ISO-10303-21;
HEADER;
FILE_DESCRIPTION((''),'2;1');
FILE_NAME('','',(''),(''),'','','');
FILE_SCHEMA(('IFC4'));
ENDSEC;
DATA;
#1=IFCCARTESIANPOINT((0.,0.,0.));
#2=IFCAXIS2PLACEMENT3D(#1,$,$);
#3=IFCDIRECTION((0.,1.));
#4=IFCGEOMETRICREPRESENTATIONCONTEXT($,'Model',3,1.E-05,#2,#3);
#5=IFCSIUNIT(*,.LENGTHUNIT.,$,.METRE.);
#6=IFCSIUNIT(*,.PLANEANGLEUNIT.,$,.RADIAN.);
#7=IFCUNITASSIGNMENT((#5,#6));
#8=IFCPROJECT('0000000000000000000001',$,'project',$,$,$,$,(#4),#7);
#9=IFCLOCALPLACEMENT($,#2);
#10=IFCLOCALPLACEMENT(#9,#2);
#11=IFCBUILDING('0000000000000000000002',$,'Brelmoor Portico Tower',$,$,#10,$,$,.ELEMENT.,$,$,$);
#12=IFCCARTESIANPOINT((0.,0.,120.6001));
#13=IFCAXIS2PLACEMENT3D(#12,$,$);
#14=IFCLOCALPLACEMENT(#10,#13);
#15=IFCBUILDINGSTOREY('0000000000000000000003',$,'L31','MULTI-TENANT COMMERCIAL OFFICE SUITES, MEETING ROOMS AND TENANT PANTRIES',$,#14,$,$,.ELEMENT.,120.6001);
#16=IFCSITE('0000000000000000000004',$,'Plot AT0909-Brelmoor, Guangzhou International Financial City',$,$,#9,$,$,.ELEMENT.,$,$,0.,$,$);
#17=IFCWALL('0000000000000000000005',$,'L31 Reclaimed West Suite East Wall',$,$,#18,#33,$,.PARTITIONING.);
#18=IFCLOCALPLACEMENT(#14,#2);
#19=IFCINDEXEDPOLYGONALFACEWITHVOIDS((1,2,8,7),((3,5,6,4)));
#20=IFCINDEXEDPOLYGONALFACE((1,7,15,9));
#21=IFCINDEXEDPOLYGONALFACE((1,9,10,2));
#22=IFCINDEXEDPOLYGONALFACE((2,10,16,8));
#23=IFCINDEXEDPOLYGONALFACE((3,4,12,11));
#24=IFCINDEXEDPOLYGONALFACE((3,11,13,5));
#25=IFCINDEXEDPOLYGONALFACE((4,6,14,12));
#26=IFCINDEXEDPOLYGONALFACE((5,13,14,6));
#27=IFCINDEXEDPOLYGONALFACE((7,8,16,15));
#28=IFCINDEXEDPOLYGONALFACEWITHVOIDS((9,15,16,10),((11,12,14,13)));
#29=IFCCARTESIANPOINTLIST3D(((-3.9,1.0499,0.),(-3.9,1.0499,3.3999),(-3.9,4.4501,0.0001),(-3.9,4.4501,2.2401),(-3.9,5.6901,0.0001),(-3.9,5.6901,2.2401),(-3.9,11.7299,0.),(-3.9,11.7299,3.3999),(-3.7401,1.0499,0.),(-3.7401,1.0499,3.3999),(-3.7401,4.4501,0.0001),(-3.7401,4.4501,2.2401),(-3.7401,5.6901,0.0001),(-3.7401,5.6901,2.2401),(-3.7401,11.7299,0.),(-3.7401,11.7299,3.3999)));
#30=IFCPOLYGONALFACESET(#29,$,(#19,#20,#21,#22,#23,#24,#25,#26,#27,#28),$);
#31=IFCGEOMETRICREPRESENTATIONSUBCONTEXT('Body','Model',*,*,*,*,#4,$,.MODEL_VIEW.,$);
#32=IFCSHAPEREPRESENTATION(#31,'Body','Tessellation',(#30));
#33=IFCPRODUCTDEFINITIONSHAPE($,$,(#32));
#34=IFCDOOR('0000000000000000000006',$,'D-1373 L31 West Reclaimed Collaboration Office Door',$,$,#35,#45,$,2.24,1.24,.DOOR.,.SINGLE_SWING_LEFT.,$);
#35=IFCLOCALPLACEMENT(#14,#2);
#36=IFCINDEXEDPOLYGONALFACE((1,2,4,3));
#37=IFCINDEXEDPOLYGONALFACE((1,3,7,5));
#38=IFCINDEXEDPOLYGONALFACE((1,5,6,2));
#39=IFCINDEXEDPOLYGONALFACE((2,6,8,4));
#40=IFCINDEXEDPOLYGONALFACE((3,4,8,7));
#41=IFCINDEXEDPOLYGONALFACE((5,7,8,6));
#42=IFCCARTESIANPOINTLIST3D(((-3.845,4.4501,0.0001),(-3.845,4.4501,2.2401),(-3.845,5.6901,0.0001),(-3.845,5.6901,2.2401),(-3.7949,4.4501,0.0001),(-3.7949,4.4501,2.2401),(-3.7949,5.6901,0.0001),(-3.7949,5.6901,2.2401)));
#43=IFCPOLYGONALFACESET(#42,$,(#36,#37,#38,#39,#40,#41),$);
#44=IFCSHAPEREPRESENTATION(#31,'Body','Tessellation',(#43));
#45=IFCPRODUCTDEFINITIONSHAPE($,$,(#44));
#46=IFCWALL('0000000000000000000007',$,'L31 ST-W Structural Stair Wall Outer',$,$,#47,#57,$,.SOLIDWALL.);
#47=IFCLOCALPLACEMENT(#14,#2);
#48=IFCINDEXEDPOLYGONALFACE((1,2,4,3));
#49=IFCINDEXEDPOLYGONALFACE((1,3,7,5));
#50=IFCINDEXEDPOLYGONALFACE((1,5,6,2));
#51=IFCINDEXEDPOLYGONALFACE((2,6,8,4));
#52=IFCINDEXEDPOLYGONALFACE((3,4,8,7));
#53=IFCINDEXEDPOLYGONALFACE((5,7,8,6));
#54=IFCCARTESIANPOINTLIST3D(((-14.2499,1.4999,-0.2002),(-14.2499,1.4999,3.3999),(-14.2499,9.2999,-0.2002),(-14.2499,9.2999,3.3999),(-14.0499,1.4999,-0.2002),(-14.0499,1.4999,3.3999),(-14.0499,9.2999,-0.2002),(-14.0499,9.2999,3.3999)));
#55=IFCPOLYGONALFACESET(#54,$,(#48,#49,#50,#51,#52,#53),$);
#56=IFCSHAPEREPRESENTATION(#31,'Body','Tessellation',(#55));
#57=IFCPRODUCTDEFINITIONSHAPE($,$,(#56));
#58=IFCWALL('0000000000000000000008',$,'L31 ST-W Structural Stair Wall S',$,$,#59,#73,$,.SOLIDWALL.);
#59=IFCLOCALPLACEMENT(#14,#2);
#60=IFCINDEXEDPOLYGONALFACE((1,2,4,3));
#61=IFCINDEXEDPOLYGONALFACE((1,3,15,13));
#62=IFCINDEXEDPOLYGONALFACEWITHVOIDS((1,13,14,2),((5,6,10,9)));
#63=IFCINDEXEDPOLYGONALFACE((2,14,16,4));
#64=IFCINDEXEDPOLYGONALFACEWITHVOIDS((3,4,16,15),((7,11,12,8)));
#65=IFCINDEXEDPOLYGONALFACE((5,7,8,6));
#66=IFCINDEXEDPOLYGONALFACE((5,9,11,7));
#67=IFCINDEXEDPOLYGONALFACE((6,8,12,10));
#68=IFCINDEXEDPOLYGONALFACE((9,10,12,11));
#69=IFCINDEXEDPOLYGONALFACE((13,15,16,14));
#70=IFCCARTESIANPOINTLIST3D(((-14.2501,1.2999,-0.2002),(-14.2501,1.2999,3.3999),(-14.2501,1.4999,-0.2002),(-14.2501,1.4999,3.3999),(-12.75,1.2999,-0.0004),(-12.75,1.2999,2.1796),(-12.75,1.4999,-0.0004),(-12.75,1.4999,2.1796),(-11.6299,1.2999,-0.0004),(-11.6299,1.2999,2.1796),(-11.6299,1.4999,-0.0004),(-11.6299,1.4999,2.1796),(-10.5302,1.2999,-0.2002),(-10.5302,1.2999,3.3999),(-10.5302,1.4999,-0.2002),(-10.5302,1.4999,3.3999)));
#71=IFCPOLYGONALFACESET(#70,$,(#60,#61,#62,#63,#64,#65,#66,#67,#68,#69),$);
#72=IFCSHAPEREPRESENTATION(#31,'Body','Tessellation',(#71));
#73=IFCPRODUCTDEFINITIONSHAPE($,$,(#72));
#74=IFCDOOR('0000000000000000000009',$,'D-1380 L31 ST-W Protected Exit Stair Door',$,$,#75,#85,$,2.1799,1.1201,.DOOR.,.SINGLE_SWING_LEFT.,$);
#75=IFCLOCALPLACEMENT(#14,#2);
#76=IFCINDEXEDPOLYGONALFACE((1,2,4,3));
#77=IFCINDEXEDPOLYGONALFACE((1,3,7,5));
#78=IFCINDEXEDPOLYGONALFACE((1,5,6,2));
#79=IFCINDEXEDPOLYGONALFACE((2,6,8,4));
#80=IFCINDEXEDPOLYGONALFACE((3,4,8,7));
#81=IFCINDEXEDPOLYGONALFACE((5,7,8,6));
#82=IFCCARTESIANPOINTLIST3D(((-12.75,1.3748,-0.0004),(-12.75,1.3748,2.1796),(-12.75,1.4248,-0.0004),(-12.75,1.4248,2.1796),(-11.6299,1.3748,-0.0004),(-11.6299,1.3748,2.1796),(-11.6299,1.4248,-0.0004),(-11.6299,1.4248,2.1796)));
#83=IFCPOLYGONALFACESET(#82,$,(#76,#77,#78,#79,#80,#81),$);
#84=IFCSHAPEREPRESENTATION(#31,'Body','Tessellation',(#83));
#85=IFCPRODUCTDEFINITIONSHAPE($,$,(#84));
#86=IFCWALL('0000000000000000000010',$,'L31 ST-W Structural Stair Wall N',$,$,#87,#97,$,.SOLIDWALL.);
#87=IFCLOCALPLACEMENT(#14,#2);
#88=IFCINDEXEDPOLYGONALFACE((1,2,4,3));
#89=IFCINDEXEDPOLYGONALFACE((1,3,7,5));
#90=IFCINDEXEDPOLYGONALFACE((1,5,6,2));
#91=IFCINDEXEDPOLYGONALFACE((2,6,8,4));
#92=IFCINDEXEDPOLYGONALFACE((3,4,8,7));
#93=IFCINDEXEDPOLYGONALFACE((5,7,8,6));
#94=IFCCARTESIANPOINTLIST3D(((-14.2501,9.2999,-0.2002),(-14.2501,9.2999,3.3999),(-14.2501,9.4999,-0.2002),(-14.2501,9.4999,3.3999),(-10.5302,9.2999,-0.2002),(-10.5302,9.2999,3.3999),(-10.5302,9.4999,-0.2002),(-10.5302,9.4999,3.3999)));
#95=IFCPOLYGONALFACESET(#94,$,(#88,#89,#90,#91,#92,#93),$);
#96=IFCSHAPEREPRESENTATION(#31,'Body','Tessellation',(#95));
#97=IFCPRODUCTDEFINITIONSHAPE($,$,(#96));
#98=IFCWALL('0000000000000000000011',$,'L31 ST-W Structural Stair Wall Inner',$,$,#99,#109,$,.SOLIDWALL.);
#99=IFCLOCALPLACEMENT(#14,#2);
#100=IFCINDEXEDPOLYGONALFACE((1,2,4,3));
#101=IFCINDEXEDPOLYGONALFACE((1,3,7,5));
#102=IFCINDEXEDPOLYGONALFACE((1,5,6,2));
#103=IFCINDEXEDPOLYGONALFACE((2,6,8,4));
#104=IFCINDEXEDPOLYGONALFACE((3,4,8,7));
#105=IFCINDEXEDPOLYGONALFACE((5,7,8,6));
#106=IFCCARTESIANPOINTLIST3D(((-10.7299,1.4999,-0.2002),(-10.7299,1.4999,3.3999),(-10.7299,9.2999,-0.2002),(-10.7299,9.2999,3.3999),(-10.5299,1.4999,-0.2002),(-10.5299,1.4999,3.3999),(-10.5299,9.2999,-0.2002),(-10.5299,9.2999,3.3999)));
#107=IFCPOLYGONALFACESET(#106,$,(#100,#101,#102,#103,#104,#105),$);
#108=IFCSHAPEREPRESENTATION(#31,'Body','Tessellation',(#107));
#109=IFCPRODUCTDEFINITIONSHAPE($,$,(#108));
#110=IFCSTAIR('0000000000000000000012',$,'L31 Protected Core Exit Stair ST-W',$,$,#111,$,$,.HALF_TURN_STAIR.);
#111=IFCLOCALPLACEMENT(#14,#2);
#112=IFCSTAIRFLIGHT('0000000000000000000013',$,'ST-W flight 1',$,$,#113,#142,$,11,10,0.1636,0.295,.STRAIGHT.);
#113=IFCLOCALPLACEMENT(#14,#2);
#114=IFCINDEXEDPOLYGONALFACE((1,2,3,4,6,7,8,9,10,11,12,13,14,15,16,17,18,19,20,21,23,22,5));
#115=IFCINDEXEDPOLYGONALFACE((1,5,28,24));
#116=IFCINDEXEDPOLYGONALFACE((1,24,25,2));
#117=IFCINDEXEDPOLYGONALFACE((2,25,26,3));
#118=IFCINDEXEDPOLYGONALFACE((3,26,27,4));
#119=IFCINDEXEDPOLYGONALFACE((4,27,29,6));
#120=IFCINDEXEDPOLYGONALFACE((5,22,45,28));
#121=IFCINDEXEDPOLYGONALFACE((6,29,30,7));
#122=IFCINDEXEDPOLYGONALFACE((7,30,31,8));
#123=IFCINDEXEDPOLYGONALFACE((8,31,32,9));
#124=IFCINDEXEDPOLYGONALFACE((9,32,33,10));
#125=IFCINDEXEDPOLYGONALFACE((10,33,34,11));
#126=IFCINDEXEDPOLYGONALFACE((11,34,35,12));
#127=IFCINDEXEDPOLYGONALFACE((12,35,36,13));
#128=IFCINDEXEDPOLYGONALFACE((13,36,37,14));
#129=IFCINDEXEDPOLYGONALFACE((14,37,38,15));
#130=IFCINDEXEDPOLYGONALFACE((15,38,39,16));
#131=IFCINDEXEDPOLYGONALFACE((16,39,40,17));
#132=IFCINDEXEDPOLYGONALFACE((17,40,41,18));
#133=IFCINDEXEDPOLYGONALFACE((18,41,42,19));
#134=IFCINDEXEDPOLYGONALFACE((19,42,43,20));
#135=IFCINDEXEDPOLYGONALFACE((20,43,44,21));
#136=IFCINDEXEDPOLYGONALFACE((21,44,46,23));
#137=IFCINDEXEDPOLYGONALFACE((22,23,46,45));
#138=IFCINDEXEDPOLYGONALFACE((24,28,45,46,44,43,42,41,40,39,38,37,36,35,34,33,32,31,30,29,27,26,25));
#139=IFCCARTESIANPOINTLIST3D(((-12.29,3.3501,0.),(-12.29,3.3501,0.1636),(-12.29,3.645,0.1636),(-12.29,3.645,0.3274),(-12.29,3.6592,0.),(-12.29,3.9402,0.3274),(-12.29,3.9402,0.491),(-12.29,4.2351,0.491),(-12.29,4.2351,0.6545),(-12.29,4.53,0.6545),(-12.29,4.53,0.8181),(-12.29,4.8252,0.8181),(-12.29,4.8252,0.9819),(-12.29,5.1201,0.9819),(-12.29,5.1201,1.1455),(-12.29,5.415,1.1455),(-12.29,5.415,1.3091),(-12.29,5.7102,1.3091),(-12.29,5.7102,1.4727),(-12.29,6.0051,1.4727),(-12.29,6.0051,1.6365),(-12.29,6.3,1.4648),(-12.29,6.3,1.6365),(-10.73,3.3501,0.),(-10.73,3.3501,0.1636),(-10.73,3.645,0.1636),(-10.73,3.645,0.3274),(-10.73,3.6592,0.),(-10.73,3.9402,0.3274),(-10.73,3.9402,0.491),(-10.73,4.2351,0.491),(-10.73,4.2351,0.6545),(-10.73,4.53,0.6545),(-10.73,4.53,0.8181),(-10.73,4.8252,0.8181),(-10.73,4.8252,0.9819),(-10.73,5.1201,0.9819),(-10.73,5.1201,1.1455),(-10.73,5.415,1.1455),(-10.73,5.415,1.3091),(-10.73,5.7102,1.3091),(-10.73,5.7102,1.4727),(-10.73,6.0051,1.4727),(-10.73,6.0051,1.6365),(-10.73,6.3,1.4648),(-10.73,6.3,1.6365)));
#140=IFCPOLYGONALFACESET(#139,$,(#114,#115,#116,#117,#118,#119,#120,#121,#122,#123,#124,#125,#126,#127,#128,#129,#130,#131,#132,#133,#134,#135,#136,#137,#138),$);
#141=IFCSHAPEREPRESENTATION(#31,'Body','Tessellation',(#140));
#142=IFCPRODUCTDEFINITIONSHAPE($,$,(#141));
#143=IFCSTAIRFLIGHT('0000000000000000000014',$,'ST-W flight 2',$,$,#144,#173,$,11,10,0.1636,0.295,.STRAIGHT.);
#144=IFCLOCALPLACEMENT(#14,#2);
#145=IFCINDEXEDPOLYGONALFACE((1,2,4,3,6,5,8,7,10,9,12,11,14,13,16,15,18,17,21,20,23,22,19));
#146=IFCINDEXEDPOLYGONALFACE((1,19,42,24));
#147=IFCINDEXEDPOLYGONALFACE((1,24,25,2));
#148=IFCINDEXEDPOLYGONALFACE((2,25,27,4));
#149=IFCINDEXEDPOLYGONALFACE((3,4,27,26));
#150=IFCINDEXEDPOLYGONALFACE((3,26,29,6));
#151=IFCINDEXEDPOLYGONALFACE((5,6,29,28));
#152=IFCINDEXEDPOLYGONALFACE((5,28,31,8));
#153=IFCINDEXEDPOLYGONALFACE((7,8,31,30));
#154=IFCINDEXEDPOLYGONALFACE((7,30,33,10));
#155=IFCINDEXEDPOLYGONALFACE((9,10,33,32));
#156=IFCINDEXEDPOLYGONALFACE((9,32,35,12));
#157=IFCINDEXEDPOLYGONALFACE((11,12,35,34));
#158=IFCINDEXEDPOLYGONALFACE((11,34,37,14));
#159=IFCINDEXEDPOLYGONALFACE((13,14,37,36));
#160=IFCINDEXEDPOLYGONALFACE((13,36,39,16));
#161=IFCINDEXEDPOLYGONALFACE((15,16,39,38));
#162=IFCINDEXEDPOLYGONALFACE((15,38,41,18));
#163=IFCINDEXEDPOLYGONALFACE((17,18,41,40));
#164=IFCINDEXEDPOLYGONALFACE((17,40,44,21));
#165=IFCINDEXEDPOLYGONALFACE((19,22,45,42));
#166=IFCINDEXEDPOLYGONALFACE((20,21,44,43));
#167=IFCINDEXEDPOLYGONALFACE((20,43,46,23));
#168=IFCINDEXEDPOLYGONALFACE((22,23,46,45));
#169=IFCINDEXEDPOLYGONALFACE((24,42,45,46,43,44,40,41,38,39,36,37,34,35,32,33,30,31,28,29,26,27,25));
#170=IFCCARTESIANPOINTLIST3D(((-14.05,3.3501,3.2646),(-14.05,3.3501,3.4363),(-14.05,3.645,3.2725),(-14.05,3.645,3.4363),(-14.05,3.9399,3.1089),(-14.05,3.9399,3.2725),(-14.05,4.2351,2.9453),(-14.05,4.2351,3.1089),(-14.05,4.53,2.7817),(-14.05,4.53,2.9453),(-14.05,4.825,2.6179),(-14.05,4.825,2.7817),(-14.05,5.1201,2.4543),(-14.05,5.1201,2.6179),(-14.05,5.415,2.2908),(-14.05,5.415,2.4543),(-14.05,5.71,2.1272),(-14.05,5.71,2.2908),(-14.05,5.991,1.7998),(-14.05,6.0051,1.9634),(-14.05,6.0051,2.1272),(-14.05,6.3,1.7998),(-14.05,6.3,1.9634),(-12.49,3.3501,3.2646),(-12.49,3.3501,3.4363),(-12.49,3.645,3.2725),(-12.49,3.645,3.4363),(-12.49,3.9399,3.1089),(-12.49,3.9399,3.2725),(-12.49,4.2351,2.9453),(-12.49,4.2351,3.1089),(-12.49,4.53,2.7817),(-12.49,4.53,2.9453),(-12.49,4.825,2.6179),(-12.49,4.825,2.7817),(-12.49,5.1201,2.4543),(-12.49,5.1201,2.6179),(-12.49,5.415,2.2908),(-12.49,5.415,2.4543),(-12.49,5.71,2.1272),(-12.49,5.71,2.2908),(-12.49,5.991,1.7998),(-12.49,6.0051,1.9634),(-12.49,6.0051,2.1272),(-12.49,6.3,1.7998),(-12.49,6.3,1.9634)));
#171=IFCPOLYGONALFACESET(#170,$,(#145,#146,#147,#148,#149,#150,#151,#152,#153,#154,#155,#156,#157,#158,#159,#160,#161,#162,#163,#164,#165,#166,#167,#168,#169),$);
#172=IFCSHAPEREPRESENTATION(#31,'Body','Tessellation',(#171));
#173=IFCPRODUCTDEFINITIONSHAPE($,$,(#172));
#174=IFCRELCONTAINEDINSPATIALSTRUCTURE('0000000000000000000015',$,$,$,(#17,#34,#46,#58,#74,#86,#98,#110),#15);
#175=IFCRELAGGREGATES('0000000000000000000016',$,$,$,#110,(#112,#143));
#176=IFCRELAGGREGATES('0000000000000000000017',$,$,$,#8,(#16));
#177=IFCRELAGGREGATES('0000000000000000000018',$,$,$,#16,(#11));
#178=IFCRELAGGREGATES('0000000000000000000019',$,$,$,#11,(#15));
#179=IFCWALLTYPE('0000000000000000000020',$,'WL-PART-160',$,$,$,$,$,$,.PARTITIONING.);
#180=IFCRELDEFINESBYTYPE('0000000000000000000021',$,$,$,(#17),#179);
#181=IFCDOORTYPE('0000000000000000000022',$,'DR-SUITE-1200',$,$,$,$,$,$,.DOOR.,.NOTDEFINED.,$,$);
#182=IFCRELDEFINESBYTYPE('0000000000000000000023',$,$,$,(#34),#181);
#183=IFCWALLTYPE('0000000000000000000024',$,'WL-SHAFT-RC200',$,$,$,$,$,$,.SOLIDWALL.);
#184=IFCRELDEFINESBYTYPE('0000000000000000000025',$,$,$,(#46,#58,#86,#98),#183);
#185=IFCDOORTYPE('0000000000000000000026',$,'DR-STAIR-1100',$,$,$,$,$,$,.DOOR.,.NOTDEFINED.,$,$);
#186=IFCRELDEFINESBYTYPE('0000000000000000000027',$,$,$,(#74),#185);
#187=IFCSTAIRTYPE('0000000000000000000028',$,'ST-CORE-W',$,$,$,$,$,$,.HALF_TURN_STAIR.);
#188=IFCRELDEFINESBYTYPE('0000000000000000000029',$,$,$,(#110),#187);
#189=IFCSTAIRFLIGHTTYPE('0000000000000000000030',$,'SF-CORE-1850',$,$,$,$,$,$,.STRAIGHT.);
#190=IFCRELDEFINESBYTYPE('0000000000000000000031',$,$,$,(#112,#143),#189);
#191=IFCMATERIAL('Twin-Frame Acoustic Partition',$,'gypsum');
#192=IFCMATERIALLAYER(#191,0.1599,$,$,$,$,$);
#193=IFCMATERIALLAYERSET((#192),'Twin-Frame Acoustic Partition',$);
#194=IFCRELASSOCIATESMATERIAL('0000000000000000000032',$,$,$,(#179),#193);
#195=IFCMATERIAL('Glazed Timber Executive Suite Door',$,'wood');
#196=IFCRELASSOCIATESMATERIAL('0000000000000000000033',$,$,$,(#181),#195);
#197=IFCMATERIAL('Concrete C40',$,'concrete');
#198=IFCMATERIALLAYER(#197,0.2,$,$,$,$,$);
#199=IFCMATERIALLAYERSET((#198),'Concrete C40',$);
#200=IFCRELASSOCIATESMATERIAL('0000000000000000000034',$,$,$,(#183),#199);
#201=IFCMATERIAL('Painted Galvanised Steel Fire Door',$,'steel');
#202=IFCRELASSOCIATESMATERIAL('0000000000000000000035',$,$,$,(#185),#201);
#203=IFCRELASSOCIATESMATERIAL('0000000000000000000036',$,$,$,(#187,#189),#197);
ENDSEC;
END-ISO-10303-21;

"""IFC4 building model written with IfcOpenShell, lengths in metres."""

from ifc_helpers import new_model, si_unit, direction, frame, frame_2d, origin, place, context, subcontext, project, spatial, polyline, rectangle, outline, extrude, material, layer, layer_set, type_object, element, fill, aggregate, save


model = new_model("IFC4")

# Units and contexts
model_context = context("Model", 3, precision=1e-05, world=origin(), true_north=direction((0.0, 1.0)))
body_context = subcontext(model_context, "Body", "Model", "MODEL_VIEW")
ifc_project = project(units=[si_unit("LENGTHUNIT", "METRE"), si_unit("PLANEANGLEUNIT", "RADIAN")], contexts=[model_context])

# Site, building, storey
site_placement = place(None, origin())
site = spatial("IfcSite", under=ifc_project, at=site_placement, Name="Plot AT0909-Brelmoor, Guangzhou International Financial City", CompositionType="ELEMENT", RefElevation=0.0)
building_placement = place(site_placement, origin())
building = spatial("IfcBuilding", under=site, at=building_placement, Name="Brelmoor Portico Tower", CompositionType="ELEMENT")
storey_placement = place(building_placement, frame((0.0, 0.0, 120.6001)))
storey = spatial("IfcBuildingStorey", under=building, at=storey_placement, Name="L31", Description="MULTI-TENANT COMMERCIAL OFFICE SUITES, MEETING ROOMS AND TENANT PANTRIES", CompositionType="ELEMENT", Elevation=120.6001)

# Shared definitions
ifc_material_1 = material(Name="Concrete C40", Category="concrete")

# Shared definitions
ifc_material_2 = material(Name="Twin-Frame Acoustic Partition", Category="gypsum")
ifc_layer_1 = layer(ifc_material_2, 0.1599)
ifc_layer_set_1 = layer_set([ifc_layer_1], Name="Twin-Frame Acoustic Partition")
wall_type_1 = type_object("IfcWallType", Name="WL-PART-160", PredefinedType="PARTITIONING", material=ifc_layer_set_1)

# Wall, opening, door
wall_1_placement = place(storey_placement, frame((-3.8201, 1.05, 0.0), z_axis=(0.0, 0.0, 1.0), x_axis=(0.0, 1.0, 0.0)))
wall_1 = element("IfcWall", 1, at=wall_1_placement, inside=storey, type_object=wall_type_1, Name="L31 Reclaimed West Suite East Wall", PredefinedType="PARTITIONING", context=body_context, shape_type="SweptSolid", body=[
    extrude(rectangle(XDim=10.6799, YDim=0.1599, at=frame_2d((5.3398, 0.0))), origin(), (0.0, 0.0, 1.0), 3.3999),
])
opening_1_placement = place(wall_1_placement, frame((3.3999, 0.0, 0.0)))
opening_1 = element("IfcOpeningElement", 2, at=opening_1_placement, cuts=wall_1, PredefinedType="OPENING", context=body_context, shape_type="SweptSolid", body=[
    extrude(rectangle(XDim=1.24, YDim=2.24, at=frame_2d((0.6201, 1.1201))), frame((0.0, 0.0898, 0.0), z_axis=(0.0, -1.0, 0.0), x_axis=(1.0, 0.0, 0.0)), (0.0, 0.0, 1.0), 0.1799),
])
ifc_material_3 = material(Name="Glazed Timber Executive Suite Door", Category="wood")
door_type_1 = type_object("IfcDoorType", Name="DR-SUITE-1200", OperationType="NOTDEFINED", PredefinedType="DOOR", material=ifc_material_3)
door_1_placement = place(opening_1_placement, origin())
door_1 = element("IfcDoor", 3, at=door_1_placement, inside=storey, type_object=door_type_1, Name="D-1373 L31 West Reclaimed Collaboration Office Door", OperationType="SINGLE_SWING_LEFT", OverallHeight=2.24, OverallWidth=1.24, PredefinedType="DOOR", context=body_context, shape_type="SweptSolid", body=[
    extrude(rectangle(XDim=1.24, YDim=2.24, at=frame_2d((0.6201, 1.1201))), frame((0.0, 0.0249, 0.0), z_axis=(0.0, -1.0, 0.0), x_axis=(1.0, 0.0, 0.0)), (0.0, 0.0, 1.0), 0.05),
])
fill(opening_1, door_1)

# Wall
ifc_layer_2 = layer(ifc_material_1, 0.2)
ifc_layer_set_2 = layer_set([ifc_layer_2], Name="Concrete C40")
wall_type_2 = type_object("IfcWallType", Name="WL-SHAFT-RC200", PredefinedType="SOLIDWALL", material=ifc_layer_set_2)
wall_2_placement = place(storey_placement, frame((-14.1499, 1.5, -0.2002), z_axis=(0.0, 0.0, 1.0), x_axis=(0.0, 1.0, 0.0)))
element("IfcWall", 4, at=wall_2_placement, inside=storey, type_object=wall_type_2, Name="L31 ST-W Structural Stair Wall Outer", PredefinedType="SOLIDWALL", context=body_context, shape_type="SweptSolid", body=[
    extrude(rectangle(XDim=7.8, YDim=0.2, at=frame_2d((3.8999, 0.0))), origin(), (0.0, 0.0, 1.0), 3.6001),
])

# Wall, opening, door
wall_3_placement = place(storey_placement, frame((-14.25, 1.3999, -0.2002), z_axis=(0.0, 0.0, 1.0), x_axis=(1.0, 0.0, 0.0)))
wall_3 = element("IfcWall", 5, at=wall_3_placement, inside=storey, type_object=wall_type_2, Name="L31 ST-W Structural Stair Wall S", PredefinedType="SOLIDWALL", context=body_context, shape_type="SweptSolid", body=[
    extrude(rectangle(XDim=3.72, YDim=0.2, at=frame_2d((1.8599, 0.0))), origin(), (0.0, 0.0, 1.0), 3.6001),
])
opening_2_placement = place(wall_3_placement, frame((1.5, 0.0, 0.2)))
opening_2 = element("IfcOpeningElement", 6, at=opening_2_placement, cuts=wall_3, PredefinedType="OPENING", context=body_context, shape_type="SweptSolid", body=[
    extrude(rectangle(XDim=1.1201, YDim=2.1799, at=frame_2d((0.5601, 1.0898))), frame((0.0, 0.1099, 0.0), z_axis=(0.0, -1.0, 0.0), x_axis=(1.0, 0.0, 0.0)), (0.0, 0.0, 1.0), 0.22),
])
ifc_material_4 = material(Name="Painted Galvanised Steel Fire Door", Category="steel")
door_type_2 = type_object("IfcDoorType", Name="DR-STAIR-1100", OperationType="NOTDEFINED", PredefinedType="DOOR", material=ifc_material_4)
door_2_placement = place(opening_2_placement, origin())
door_2 = element("IfcDoor", 7, at=door_2_placement, inside=storey, type_object=door_type_2, Name="D-1380 L31 ST-W Protected Exit Stair Door", OperationType="SINGLE_SWING_LEFT", OverallHeight=2.1799, OverallWidth=1.1201, PredefinedType="DOOR", context=body_context, shape_type="SweptSolid", body=[
    extrude(rectangle(XDim=1.1201, YDim=2.1799, at=frame_2d((0.5601, 1.0898))), frame((0.0, 0.0249, 0.0), z_axis=(0.0, -1.0, 0.0), x_axis=(1.0, 0.0, 0.0)), (0.0, 0.0, 1.0), 0.05),
])
fill(opening_2, door_2)

# Walls
wall_4_placement = place(storey_placement, frame((-14.25, 9.3999, -0.2002), z_axis=(0.0, 0.0, 1.0), x_axis=(1.0, 0.0, 0.0)))
element("IfcWall", 8, at=wall_4_placement, inside=storey, type_object=wall_type_2, Name="L31 ST-W Structural Stair Wall N", PredefinedType="SOLIDWALL", context=body_context, shape_type="SweptSolid", body=[
    extrude(rectangle(XDim=3.72, YDim=0.2, at=frame_2d((1.8599, 0.0))), origin(), (0.0, 0.0, 1.0), 3.6001),
])
wall_5_placement = place(storey_placement, frame((-10.6299, 1.5, -0.2002), z_axis=(0.0, 0.0, 1.0), x_axis=(0.0, 1.0, 0.0)))
element("IfcWall", 9, at=wall_5_placement, inside=storey, type_object=wall_type_2, Name="L31 ST-W Structural Stair Wall Inner", PredefinedType="SOLIDWALL", context=body_context, shape_type="SweptSolid", body=[
    extrude(rectangle(XDim=7.8, YDim=0.2, at=frame_2d((3.8999, 0.0))), origin(), (0.0, 0.0, 1.0), 3.6001),
])

# Stair, stair flights
stair_type = type_object("IfcStairType", Name="ST-CORE-W", PredefinedType="HALF_TURN_STAIR", material=ifc_material_1)
stair_placement = place(storey_placement, origin())
stair = element("IfcStair", 10, at=stair_placement, inside=storey, type_object=stair_type, Name="L31 Protected Core Exit Stair ST-W", PredefinedType="HALF_TURN_STAIR")
stair_flight_type = type_object("IfcStairFlightType", Name="SF-CORE-1850", PredefinedType="STRAIGHT", material=ifc_material_1)
stair_flight_1_placement = place(storey_placement, frame((-11.51, 3.3501, 0.0), z_axis=(0.0, 0.0, 1.0), x_axis=(0.0, 1.0, 0.0)))
stair_flight_1 = element("IfcStairFlight", 11, at=stair_flight_1_placement, type_object=stair_flight_type, Name="ST-W flight 1", NumberOfRisers=11, NumberOfTreads=10, PredefinedType="STRAIGHT", RiserHeight=0.1636, TreadLength=0.295, context=body_context, shape_type="SweptSolid", body=[
    extrude(outline(polyline([(0.0, 0.0), (0.0, 0.1636), (0.2949, 0.1636), (0.2949, 0.3274), (0.5901, 0.3274), (0.5901, 0.491), (0.885, 0.491), (0.885, 0.6545), (1.1799, 0.6545), (1.1799, 0.8181), (1.4751, 0.8181), (1.4751, 0.9819), (1.77, 0.9819), (1.77, 1.1455), (2.0649, 1.1455), (2.0649, 1.3091), (2.3601, 1.3091), (2.3601, 1.4727), (2.655, 1.4727), (2.655, 1.6365), (2.95, 1.6365), (2.95, 1.8), (2.95, 1.4648), (0.3091, 0.0), (0.0, 0.0)])), frame((0.0, 0.78, 0.0), z_axis=(0.0, -1.0, 0.0), x_axis=(1.0, 0.0, 0.0)), (0.0, 0.0, 1.0), 1.5601),
])
stair_flight_2_placement = place(storey_placement, frame((-13.27, 6.3, 1.7998), z_axis=(0.0, 0.0, 1.0), x_axis=(0.0, -1.0, 0.0)))
stair_flight_2 = element("IfcStairFlight", 12, at=stair_flight_2_placement, type_object=stair_flight_type, Name="ST-W flight 2", NumberOfRisers=11, NumberOfTreads=10, PredefinedType="STRAIGHT", RiserHeight=0.1636, TreadLength=0.295, context=body_context, shape_type="SweptSolid", body=[
    extrude(outline(polyline([(0.0, 0.0), (0.0, 0.1636), (0.2949, 0.1636), (0.2949, 0.3274), (0.5901, 0.3274), (0.5901, 0.491), (0.885, 0.491), (0.885, 0.6545), (1.1799, 0.6545), (1.1799, 0.8181), (1.4751, 0.8181), (1.4751, 0.9819), (1.77, 0.9819), (1.77, 1.1455), (2.0649, 1.1455), (2.0649, 1.3091), (2.3601, 1.3091), (2.3601, 1.4727), (2.655, 1.4727), (2.655, 1.6365), (2.95, 1.6365), (2.95, 1.8), (2.95, 1.4648), (0.3091, 0.0), (0.0, 0.0)])), frame((0.0, 0.78, 0.0), z_axis=(0.0, -1.0, 0.0), x_axis=(1.0, 0.0, 0.0)), (0.0, 0.0, 1.0), 1.5601),
])
aggregate(stair, [stair_flight_1, stair_flight_2])

save(model, "model.ifc")
